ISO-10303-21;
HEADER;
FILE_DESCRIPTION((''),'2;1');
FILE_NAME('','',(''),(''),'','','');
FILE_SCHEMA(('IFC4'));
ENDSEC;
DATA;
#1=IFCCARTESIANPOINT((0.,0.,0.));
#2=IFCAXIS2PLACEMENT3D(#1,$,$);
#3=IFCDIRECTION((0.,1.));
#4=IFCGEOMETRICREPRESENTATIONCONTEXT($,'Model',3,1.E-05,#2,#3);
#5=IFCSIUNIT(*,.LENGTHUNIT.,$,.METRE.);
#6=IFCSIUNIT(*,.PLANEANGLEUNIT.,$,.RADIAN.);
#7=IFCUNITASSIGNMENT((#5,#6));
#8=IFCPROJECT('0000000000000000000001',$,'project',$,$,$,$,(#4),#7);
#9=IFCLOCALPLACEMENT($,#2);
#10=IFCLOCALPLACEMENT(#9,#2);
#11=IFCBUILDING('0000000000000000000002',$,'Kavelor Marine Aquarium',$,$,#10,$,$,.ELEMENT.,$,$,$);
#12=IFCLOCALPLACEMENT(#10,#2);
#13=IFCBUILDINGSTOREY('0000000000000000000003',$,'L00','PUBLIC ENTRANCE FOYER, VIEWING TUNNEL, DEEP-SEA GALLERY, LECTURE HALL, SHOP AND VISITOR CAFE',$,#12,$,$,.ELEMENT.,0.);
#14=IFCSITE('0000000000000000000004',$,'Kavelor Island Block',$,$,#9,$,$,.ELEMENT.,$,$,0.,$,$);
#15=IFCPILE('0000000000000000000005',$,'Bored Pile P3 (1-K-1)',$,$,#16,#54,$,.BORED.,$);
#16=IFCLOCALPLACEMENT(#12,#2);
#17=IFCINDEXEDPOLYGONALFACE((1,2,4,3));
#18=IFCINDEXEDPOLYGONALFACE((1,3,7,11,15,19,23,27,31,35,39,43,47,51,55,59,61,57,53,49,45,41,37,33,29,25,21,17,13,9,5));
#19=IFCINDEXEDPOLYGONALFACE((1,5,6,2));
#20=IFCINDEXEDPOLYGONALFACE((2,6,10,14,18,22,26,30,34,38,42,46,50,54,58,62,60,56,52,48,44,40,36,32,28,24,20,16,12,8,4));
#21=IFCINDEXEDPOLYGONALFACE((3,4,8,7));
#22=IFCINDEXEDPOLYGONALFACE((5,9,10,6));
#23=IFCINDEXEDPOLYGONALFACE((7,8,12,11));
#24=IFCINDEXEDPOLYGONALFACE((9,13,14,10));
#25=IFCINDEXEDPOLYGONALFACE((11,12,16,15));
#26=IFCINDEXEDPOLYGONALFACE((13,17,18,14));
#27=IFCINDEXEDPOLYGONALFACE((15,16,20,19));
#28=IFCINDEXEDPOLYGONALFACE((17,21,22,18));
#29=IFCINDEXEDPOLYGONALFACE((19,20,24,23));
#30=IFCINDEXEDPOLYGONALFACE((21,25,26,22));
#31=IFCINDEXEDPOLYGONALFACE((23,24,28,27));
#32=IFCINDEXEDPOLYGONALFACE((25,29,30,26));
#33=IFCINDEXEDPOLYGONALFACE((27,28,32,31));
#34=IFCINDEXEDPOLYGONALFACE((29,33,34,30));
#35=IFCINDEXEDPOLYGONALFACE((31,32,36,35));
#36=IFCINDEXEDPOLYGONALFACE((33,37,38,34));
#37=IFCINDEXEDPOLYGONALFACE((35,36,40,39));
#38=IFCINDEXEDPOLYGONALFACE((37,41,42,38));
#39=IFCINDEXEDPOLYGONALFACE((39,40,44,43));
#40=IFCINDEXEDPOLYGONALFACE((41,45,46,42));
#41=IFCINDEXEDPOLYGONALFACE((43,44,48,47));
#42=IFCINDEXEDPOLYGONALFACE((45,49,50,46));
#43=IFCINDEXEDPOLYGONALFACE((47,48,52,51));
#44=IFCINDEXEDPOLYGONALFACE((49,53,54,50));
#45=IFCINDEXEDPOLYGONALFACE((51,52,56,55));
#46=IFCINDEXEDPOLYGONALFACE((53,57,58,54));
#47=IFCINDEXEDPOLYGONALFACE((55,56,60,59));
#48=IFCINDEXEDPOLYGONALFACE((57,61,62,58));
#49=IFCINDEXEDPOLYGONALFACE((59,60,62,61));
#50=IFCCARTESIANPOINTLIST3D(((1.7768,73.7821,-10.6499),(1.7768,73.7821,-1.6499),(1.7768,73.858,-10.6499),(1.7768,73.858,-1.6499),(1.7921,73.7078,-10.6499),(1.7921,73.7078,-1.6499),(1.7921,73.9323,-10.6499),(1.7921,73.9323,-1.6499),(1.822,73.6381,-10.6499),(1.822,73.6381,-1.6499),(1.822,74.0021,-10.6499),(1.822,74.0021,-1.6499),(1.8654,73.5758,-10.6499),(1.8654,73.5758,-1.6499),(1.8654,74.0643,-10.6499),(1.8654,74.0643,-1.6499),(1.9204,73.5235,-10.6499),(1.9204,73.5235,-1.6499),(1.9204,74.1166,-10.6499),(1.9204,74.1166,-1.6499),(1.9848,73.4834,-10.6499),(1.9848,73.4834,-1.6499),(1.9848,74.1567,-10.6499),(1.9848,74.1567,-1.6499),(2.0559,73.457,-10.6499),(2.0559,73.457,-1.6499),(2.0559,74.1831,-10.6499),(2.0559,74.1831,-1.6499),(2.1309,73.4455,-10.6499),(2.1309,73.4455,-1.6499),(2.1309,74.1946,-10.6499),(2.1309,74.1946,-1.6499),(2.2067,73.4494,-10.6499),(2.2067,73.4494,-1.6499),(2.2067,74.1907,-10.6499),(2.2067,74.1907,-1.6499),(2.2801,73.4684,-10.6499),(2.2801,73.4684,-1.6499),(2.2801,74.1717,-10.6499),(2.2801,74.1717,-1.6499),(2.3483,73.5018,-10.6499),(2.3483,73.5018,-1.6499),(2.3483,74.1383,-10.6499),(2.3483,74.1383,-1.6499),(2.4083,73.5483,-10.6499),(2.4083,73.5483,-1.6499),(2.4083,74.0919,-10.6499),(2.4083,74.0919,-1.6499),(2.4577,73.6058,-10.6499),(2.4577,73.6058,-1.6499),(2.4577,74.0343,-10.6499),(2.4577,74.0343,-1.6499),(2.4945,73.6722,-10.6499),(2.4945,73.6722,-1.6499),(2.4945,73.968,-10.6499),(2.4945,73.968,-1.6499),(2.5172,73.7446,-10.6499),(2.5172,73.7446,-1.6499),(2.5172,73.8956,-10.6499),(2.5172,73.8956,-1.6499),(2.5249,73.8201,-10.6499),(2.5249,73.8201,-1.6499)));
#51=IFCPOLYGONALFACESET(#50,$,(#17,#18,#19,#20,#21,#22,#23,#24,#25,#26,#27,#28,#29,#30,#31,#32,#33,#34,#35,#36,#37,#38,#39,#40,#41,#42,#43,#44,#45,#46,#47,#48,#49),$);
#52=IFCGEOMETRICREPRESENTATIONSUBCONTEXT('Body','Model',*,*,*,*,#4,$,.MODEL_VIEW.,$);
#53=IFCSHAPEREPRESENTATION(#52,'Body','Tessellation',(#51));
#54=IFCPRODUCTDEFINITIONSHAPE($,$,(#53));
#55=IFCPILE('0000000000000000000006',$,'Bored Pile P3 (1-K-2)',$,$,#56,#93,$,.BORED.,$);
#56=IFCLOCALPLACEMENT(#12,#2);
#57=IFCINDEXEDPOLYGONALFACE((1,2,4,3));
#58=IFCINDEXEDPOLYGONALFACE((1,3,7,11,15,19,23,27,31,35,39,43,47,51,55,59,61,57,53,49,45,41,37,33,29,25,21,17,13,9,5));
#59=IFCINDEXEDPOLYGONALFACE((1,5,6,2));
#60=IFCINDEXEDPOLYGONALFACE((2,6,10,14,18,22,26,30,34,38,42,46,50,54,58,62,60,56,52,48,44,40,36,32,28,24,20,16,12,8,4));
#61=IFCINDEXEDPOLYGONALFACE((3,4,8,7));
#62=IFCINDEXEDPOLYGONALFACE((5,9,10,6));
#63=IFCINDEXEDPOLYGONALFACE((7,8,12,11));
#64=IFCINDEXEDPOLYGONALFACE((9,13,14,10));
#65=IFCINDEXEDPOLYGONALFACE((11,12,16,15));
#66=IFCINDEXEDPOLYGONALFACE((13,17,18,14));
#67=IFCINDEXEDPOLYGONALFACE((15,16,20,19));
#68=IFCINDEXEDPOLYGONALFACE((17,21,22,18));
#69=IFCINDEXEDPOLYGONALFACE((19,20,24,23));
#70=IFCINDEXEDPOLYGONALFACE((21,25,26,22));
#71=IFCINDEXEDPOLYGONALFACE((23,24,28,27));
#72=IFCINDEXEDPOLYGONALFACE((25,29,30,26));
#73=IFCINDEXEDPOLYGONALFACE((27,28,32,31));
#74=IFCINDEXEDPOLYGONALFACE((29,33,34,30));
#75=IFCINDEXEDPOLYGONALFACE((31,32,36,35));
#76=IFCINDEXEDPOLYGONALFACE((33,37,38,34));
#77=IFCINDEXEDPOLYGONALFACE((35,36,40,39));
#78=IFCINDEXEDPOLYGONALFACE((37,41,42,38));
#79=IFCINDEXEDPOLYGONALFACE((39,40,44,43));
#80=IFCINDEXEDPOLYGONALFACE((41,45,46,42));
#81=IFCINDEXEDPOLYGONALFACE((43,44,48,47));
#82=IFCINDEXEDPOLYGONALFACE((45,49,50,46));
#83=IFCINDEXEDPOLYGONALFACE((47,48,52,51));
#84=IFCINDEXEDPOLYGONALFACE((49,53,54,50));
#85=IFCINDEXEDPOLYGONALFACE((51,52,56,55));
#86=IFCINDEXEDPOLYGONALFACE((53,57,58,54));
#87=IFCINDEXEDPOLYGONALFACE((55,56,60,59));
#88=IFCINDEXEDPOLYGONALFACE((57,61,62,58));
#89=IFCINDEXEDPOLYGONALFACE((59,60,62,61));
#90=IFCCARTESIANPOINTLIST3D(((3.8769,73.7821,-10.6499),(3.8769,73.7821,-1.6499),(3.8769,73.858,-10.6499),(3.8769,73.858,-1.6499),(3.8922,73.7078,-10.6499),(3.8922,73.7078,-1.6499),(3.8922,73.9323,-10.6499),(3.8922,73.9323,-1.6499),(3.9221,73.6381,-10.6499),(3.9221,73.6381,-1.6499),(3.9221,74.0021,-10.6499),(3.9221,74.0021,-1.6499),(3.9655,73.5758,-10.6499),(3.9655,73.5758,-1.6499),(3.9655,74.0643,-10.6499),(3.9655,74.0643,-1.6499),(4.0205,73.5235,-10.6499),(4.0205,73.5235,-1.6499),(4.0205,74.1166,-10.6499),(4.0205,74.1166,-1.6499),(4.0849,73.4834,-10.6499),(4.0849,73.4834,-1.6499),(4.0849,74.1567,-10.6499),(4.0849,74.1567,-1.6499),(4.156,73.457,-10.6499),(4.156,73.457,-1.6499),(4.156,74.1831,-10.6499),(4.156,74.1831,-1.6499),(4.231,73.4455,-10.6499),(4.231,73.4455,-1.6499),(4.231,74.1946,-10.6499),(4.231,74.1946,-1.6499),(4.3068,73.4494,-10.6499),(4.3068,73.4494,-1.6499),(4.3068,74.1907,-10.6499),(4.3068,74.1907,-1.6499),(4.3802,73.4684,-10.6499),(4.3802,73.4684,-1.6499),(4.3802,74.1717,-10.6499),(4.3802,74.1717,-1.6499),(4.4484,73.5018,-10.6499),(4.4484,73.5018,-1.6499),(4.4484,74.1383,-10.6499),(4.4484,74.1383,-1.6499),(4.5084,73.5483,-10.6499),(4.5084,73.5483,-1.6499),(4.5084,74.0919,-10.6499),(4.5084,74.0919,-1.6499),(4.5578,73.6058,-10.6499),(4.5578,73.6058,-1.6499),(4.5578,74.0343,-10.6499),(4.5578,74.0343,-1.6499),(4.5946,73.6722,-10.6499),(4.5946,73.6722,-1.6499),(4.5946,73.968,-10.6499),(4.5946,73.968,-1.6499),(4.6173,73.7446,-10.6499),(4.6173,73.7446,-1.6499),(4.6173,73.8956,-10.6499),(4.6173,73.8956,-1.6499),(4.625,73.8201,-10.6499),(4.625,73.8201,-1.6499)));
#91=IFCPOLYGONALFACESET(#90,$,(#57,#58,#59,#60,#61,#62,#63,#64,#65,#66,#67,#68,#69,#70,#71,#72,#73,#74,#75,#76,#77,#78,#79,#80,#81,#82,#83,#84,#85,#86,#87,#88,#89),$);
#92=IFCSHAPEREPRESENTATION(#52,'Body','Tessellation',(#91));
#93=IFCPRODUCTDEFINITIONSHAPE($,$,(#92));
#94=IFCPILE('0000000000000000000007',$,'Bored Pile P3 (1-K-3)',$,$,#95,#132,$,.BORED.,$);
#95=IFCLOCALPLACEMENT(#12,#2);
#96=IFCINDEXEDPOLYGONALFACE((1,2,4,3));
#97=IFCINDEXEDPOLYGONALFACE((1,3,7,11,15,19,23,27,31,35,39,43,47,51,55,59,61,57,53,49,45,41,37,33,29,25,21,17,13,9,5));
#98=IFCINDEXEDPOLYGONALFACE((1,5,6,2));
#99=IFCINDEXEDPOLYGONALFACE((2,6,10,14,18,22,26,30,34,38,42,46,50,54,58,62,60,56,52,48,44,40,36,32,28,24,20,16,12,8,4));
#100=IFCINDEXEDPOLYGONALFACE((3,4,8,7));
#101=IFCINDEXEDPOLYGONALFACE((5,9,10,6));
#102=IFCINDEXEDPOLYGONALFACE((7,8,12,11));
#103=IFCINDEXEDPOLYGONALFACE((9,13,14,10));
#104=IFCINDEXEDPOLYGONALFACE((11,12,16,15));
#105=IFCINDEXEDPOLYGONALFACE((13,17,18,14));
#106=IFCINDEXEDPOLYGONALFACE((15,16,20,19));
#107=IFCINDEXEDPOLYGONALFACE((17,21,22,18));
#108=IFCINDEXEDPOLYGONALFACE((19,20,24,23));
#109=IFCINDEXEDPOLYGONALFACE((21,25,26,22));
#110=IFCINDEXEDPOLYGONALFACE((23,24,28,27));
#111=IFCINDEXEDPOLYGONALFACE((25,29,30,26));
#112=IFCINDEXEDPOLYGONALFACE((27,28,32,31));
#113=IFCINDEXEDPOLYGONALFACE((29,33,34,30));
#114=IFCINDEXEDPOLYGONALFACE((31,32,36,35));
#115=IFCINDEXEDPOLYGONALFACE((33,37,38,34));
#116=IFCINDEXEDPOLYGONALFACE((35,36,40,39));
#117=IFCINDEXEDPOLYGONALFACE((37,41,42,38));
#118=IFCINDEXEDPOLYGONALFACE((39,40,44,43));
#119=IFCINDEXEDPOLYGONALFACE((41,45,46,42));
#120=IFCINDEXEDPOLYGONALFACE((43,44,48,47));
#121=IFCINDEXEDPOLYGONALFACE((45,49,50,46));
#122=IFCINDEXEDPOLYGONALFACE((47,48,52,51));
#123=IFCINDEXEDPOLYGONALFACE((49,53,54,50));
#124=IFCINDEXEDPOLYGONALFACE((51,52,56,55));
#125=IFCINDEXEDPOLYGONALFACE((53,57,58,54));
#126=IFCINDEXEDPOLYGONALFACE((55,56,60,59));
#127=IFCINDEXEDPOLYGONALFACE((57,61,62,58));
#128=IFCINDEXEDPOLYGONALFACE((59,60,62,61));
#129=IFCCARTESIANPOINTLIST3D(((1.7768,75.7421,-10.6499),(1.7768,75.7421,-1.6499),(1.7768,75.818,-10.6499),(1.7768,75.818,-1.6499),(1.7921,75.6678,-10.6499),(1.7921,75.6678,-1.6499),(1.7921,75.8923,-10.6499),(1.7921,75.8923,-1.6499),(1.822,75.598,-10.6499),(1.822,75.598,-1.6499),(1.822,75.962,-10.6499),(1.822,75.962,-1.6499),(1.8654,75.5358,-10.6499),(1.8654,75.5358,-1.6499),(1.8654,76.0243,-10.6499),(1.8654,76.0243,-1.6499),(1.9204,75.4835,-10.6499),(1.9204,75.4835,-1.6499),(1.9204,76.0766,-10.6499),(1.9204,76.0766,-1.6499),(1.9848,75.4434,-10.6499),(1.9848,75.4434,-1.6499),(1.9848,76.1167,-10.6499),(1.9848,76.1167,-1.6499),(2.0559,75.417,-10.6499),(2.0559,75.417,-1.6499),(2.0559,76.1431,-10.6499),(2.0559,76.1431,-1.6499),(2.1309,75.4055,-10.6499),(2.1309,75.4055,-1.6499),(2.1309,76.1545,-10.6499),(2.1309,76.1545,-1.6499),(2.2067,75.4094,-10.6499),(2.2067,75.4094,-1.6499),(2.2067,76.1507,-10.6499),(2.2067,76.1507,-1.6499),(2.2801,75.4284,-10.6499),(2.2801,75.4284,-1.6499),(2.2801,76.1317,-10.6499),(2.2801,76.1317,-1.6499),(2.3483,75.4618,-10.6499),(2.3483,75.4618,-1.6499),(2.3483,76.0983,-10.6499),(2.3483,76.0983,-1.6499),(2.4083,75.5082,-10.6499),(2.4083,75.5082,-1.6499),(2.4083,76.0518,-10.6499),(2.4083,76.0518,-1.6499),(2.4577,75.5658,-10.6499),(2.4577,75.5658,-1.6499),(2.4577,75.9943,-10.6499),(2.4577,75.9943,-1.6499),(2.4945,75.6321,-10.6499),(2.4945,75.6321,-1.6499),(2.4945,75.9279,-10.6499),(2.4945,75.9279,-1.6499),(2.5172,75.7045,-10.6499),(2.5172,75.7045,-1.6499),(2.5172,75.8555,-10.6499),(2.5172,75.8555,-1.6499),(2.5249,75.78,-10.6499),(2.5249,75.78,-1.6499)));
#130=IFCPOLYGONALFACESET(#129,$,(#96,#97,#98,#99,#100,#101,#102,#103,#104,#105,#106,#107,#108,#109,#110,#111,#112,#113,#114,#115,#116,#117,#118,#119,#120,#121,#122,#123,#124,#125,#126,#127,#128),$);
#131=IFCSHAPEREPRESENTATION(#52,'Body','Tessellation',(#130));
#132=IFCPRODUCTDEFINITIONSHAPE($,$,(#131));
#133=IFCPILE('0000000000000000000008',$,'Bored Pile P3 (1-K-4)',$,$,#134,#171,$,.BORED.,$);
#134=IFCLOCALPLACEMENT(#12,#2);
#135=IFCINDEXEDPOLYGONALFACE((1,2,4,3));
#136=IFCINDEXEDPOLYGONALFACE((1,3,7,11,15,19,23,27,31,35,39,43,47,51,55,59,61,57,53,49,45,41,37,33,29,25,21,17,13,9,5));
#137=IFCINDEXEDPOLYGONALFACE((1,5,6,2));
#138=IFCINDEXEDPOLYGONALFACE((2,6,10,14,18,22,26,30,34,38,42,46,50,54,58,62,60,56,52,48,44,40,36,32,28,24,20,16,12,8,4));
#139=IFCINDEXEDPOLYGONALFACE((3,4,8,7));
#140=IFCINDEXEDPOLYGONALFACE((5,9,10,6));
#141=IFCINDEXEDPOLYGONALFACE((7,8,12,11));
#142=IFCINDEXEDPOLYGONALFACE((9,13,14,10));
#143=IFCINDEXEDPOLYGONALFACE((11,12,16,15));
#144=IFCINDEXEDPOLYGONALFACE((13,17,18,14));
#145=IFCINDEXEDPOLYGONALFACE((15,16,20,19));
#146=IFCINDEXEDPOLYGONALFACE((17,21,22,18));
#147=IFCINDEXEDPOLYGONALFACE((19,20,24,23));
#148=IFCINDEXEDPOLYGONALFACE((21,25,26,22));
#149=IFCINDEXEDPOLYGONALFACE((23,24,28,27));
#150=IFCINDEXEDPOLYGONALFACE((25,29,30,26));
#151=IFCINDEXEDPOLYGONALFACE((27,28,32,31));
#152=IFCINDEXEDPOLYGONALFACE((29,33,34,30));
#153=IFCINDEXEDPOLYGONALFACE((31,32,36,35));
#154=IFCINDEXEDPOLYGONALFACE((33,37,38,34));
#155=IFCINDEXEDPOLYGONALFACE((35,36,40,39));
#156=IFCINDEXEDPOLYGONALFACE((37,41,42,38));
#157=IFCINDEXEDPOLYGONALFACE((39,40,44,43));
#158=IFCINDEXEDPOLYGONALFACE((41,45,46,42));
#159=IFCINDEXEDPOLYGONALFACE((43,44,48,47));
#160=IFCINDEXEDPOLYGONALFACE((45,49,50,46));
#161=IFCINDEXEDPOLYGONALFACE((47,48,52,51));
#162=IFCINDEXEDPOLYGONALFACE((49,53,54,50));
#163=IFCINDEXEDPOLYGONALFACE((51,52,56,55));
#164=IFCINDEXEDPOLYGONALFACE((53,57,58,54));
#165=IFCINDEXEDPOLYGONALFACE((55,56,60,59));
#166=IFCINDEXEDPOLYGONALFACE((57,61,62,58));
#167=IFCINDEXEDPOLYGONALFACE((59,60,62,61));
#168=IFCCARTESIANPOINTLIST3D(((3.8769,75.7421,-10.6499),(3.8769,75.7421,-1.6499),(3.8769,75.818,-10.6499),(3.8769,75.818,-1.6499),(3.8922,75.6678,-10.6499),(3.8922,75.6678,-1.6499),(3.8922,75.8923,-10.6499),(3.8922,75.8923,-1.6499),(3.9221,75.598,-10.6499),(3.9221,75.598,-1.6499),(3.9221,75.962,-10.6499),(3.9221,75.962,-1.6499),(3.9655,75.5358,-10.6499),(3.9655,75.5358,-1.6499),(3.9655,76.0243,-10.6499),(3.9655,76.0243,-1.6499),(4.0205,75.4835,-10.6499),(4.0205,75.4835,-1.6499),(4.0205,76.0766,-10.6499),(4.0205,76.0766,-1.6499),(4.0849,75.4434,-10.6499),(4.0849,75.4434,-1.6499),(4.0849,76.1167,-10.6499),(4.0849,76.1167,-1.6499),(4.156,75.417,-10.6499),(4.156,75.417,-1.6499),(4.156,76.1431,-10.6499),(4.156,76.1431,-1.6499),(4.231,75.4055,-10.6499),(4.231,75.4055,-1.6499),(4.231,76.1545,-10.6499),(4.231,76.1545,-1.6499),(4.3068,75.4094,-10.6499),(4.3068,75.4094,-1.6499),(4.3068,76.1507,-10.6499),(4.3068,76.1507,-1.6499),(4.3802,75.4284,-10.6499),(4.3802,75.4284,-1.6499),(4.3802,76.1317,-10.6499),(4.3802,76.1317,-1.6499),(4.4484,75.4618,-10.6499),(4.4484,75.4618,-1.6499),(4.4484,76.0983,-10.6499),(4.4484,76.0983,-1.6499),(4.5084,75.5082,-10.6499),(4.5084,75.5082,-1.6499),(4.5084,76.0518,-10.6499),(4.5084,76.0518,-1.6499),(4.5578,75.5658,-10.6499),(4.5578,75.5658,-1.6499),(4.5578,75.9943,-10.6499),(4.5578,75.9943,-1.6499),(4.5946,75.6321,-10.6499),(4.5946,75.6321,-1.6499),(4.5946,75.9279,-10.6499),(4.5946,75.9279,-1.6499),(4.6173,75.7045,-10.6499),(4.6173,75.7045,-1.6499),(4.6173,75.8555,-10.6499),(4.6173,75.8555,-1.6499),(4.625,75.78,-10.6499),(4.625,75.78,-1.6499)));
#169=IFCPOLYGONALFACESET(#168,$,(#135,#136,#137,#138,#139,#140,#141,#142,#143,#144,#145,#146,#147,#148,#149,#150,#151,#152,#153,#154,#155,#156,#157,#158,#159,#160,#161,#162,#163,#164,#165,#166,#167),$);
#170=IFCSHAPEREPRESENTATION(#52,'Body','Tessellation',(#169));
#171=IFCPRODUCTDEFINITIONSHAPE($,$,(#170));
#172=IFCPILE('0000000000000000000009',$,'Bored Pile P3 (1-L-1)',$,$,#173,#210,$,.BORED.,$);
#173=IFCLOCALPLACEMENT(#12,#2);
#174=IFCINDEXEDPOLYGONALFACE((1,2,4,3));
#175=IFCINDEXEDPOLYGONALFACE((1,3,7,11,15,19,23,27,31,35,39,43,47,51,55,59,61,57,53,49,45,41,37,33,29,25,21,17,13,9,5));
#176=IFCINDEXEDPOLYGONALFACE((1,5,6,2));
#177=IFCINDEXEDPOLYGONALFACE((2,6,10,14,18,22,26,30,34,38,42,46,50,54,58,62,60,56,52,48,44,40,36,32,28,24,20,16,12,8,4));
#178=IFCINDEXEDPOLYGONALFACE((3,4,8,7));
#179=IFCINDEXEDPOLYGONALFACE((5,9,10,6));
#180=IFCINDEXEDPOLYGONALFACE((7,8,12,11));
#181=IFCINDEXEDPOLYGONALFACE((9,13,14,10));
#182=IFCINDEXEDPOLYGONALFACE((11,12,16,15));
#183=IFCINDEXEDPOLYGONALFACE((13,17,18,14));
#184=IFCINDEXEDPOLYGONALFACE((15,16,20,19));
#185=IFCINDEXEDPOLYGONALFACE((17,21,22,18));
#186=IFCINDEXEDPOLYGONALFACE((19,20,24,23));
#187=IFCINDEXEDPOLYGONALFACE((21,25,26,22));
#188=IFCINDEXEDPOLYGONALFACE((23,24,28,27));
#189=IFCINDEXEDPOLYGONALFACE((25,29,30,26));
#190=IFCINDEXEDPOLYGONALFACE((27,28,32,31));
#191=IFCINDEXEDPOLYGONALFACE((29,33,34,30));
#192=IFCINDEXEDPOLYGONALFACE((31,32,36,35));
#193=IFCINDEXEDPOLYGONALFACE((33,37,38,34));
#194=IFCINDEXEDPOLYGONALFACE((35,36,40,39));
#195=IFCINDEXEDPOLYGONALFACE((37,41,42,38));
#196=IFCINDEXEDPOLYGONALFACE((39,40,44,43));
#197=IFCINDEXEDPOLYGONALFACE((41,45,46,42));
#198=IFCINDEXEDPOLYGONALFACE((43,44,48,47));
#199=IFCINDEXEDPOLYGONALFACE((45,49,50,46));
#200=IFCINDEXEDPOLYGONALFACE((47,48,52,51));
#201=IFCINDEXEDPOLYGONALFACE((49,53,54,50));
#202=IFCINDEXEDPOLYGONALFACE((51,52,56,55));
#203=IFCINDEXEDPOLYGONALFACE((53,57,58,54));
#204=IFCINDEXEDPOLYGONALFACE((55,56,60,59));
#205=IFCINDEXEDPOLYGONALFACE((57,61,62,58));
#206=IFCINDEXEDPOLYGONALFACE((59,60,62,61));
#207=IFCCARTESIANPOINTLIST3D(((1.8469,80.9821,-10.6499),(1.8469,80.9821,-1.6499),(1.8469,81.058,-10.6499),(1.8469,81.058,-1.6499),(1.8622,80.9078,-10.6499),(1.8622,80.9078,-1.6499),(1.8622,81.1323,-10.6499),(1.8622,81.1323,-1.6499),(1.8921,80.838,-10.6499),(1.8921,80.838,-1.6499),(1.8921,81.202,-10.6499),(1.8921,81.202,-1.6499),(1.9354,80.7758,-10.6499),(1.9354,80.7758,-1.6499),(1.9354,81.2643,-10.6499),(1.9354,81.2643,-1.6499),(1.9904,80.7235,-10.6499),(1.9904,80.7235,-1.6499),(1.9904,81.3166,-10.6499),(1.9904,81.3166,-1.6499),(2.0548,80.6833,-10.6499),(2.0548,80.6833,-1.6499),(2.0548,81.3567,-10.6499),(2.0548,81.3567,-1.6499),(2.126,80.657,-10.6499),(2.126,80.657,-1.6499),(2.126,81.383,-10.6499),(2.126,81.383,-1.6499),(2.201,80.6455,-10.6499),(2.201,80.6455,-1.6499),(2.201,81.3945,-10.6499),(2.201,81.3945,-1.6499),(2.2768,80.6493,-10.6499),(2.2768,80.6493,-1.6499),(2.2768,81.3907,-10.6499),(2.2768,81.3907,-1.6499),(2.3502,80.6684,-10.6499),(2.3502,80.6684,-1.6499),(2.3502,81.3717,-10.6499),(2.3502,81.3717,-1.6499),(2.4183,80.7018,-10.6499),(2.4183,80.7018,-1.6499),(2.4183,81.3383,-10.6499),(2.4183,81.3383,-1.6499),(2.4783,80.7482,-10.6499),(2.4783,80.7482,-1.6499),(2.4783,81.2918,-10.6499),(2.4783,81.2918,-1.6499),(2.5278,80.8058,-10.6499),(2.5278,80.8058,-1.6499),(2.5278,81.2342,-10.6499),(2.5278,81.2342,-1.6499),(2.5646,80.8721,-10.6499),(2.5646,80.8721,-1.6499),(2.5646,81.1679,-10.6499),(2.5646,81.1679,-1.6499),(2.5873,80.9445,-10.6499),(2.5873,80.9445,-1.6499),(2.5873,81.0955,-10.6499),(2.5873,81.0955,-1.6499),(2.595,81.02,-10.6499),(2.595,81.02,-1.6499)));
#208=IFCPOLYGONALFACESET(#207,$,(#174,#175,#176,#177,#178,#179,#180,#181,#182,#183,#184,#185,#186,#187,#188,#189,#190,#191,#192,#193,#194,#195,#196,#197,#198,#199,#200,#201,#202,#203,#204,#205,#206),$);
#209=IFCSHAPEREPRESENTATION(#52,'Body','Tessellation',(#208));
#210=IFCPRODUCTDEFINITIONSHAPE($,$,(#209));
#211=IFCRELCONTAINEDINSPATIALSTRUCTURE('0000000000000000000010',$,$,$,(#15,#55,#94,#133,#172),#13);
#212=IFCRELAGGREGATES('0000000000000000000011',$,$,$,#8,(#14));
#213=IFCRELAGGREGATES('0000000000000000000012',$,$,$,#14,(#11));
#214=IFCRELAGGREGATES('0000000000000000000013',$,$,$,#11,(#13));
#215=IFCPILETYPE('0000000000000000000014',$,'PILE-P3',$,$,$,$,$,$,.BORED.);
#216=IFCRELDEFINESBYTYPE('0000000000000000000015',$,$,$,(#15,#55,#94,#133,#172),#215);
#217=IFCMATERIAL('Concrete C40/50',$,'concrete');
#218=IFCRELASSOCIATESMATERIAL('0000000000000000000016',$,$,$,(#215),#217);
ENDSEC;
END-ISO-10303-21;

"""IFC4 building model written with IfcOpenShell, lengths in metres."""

from ifc_helpers import new_model, si_unit, direction, frame, origin, origin_2d, place, context, subcontext, project, spatial, circle, extrude, material, material_profile, profile_set, type_object, element, save


model = new_model("IFC4")

# Units and contexts
model_context = context("Model", 3, precision=1e-05, world=origin(), true_north=direction((0.0, 1.0)))
body_context = subcontext(model_context, "Body", "Model", "MODEL_VIEW")
ifc_project = project(units=[si_unit("LENGTHUNIT", "METRE"), si_unit("PLANEANGLEUNIT", "RADIAN")], contexts=[model_context])

# Site, building, storey
site_placement = place(None, origin())
site = spatial("IfcSite", under=ifc_project, at=site_placement, Name="Kavelor Island Block", CompositionType="ELEMENT", RefElevation=0.0)
building_placement = place(site_placement, origin())
building = spatial("IfcBuilding", under=site, at=building_placement, Name="Kavelor Marine Aquarium", CompositionType="ELEMENT")
storey_placement = place(building_placement, origin())
storey = spatial("IfcBuildingStorey", under=building, at=storey_placement, Name="L00", Description="PUBLIC ENTRANCE FOYER, VIEWING TUNNEL, DEEP-SEA GALLERY, LECTURE HALL, SHOP AND VISITOR CAFE", CompositionType="ELEMENT", Elevation=0.0)

# Piles
ifc_material_1 = material(Name="Concrete C40/50", Category="concrete")
ifc_material_profile_1 = material_profile(ifc_material_1, circle(Radius=0.375, at=origin_2d()), Name="PILE D750")
ifc_profile_set_1 = profile_set([ifc_material_profile_1], Name="Concrete C40/50")
pile_type_1 = type_object("IfcPileType", Name="PILE-P3", PredefinedType="BORED", material=ifc_profile_set_1)
for number, where, z_axis, x_axis, name in (
    (1, (2.1499, 73.8201, -1.6499), (0.0, 0.0, -1.0), (1.0, 0.0, 0.0), "Bored Pile P3 (1-K-1)"),
    (2, (4.25, 73.8201, -1.6499), (0.0, 0.0, -1.0), (1.0, 0.0, 0.0), "Bored Pile P3 (1-K-2)"),
    (3, (2.1499, 75.78, -1.6499), (0.0, 0.0, -1.0), (1.0, 0.0, 0.0), "Bored Pile P3 (1-K-3)"),
    (4, (4.25, 75.78, -1.6499), (0.0, 0.0, -1.0), (1.0, 0.0, 0.0), "Bored Pile P3 (1-K-4)"),
    (5, (2.22, 81.02, -1.6499), (0.0, 0.0, -1.0), (1.0, 0.0, 0.0), "Bored Pile P3 (1-L-1)"),
):
    element("IfcPile", number, at=place(storey_placement, frame(where, z_axis=z_axis, x_axis=x_axis)), inside=storey, type_object=pile_type_1, Name=name, PredefinedType="BORED", context=body_context, shape_type="SweptSolid", body=[
        extrude(circle(Radius=0.375, at=origin_2d()), origin(), (0.0, 0.0, 1.0), 9.0),
    ])

save(model, "model.ifc")
